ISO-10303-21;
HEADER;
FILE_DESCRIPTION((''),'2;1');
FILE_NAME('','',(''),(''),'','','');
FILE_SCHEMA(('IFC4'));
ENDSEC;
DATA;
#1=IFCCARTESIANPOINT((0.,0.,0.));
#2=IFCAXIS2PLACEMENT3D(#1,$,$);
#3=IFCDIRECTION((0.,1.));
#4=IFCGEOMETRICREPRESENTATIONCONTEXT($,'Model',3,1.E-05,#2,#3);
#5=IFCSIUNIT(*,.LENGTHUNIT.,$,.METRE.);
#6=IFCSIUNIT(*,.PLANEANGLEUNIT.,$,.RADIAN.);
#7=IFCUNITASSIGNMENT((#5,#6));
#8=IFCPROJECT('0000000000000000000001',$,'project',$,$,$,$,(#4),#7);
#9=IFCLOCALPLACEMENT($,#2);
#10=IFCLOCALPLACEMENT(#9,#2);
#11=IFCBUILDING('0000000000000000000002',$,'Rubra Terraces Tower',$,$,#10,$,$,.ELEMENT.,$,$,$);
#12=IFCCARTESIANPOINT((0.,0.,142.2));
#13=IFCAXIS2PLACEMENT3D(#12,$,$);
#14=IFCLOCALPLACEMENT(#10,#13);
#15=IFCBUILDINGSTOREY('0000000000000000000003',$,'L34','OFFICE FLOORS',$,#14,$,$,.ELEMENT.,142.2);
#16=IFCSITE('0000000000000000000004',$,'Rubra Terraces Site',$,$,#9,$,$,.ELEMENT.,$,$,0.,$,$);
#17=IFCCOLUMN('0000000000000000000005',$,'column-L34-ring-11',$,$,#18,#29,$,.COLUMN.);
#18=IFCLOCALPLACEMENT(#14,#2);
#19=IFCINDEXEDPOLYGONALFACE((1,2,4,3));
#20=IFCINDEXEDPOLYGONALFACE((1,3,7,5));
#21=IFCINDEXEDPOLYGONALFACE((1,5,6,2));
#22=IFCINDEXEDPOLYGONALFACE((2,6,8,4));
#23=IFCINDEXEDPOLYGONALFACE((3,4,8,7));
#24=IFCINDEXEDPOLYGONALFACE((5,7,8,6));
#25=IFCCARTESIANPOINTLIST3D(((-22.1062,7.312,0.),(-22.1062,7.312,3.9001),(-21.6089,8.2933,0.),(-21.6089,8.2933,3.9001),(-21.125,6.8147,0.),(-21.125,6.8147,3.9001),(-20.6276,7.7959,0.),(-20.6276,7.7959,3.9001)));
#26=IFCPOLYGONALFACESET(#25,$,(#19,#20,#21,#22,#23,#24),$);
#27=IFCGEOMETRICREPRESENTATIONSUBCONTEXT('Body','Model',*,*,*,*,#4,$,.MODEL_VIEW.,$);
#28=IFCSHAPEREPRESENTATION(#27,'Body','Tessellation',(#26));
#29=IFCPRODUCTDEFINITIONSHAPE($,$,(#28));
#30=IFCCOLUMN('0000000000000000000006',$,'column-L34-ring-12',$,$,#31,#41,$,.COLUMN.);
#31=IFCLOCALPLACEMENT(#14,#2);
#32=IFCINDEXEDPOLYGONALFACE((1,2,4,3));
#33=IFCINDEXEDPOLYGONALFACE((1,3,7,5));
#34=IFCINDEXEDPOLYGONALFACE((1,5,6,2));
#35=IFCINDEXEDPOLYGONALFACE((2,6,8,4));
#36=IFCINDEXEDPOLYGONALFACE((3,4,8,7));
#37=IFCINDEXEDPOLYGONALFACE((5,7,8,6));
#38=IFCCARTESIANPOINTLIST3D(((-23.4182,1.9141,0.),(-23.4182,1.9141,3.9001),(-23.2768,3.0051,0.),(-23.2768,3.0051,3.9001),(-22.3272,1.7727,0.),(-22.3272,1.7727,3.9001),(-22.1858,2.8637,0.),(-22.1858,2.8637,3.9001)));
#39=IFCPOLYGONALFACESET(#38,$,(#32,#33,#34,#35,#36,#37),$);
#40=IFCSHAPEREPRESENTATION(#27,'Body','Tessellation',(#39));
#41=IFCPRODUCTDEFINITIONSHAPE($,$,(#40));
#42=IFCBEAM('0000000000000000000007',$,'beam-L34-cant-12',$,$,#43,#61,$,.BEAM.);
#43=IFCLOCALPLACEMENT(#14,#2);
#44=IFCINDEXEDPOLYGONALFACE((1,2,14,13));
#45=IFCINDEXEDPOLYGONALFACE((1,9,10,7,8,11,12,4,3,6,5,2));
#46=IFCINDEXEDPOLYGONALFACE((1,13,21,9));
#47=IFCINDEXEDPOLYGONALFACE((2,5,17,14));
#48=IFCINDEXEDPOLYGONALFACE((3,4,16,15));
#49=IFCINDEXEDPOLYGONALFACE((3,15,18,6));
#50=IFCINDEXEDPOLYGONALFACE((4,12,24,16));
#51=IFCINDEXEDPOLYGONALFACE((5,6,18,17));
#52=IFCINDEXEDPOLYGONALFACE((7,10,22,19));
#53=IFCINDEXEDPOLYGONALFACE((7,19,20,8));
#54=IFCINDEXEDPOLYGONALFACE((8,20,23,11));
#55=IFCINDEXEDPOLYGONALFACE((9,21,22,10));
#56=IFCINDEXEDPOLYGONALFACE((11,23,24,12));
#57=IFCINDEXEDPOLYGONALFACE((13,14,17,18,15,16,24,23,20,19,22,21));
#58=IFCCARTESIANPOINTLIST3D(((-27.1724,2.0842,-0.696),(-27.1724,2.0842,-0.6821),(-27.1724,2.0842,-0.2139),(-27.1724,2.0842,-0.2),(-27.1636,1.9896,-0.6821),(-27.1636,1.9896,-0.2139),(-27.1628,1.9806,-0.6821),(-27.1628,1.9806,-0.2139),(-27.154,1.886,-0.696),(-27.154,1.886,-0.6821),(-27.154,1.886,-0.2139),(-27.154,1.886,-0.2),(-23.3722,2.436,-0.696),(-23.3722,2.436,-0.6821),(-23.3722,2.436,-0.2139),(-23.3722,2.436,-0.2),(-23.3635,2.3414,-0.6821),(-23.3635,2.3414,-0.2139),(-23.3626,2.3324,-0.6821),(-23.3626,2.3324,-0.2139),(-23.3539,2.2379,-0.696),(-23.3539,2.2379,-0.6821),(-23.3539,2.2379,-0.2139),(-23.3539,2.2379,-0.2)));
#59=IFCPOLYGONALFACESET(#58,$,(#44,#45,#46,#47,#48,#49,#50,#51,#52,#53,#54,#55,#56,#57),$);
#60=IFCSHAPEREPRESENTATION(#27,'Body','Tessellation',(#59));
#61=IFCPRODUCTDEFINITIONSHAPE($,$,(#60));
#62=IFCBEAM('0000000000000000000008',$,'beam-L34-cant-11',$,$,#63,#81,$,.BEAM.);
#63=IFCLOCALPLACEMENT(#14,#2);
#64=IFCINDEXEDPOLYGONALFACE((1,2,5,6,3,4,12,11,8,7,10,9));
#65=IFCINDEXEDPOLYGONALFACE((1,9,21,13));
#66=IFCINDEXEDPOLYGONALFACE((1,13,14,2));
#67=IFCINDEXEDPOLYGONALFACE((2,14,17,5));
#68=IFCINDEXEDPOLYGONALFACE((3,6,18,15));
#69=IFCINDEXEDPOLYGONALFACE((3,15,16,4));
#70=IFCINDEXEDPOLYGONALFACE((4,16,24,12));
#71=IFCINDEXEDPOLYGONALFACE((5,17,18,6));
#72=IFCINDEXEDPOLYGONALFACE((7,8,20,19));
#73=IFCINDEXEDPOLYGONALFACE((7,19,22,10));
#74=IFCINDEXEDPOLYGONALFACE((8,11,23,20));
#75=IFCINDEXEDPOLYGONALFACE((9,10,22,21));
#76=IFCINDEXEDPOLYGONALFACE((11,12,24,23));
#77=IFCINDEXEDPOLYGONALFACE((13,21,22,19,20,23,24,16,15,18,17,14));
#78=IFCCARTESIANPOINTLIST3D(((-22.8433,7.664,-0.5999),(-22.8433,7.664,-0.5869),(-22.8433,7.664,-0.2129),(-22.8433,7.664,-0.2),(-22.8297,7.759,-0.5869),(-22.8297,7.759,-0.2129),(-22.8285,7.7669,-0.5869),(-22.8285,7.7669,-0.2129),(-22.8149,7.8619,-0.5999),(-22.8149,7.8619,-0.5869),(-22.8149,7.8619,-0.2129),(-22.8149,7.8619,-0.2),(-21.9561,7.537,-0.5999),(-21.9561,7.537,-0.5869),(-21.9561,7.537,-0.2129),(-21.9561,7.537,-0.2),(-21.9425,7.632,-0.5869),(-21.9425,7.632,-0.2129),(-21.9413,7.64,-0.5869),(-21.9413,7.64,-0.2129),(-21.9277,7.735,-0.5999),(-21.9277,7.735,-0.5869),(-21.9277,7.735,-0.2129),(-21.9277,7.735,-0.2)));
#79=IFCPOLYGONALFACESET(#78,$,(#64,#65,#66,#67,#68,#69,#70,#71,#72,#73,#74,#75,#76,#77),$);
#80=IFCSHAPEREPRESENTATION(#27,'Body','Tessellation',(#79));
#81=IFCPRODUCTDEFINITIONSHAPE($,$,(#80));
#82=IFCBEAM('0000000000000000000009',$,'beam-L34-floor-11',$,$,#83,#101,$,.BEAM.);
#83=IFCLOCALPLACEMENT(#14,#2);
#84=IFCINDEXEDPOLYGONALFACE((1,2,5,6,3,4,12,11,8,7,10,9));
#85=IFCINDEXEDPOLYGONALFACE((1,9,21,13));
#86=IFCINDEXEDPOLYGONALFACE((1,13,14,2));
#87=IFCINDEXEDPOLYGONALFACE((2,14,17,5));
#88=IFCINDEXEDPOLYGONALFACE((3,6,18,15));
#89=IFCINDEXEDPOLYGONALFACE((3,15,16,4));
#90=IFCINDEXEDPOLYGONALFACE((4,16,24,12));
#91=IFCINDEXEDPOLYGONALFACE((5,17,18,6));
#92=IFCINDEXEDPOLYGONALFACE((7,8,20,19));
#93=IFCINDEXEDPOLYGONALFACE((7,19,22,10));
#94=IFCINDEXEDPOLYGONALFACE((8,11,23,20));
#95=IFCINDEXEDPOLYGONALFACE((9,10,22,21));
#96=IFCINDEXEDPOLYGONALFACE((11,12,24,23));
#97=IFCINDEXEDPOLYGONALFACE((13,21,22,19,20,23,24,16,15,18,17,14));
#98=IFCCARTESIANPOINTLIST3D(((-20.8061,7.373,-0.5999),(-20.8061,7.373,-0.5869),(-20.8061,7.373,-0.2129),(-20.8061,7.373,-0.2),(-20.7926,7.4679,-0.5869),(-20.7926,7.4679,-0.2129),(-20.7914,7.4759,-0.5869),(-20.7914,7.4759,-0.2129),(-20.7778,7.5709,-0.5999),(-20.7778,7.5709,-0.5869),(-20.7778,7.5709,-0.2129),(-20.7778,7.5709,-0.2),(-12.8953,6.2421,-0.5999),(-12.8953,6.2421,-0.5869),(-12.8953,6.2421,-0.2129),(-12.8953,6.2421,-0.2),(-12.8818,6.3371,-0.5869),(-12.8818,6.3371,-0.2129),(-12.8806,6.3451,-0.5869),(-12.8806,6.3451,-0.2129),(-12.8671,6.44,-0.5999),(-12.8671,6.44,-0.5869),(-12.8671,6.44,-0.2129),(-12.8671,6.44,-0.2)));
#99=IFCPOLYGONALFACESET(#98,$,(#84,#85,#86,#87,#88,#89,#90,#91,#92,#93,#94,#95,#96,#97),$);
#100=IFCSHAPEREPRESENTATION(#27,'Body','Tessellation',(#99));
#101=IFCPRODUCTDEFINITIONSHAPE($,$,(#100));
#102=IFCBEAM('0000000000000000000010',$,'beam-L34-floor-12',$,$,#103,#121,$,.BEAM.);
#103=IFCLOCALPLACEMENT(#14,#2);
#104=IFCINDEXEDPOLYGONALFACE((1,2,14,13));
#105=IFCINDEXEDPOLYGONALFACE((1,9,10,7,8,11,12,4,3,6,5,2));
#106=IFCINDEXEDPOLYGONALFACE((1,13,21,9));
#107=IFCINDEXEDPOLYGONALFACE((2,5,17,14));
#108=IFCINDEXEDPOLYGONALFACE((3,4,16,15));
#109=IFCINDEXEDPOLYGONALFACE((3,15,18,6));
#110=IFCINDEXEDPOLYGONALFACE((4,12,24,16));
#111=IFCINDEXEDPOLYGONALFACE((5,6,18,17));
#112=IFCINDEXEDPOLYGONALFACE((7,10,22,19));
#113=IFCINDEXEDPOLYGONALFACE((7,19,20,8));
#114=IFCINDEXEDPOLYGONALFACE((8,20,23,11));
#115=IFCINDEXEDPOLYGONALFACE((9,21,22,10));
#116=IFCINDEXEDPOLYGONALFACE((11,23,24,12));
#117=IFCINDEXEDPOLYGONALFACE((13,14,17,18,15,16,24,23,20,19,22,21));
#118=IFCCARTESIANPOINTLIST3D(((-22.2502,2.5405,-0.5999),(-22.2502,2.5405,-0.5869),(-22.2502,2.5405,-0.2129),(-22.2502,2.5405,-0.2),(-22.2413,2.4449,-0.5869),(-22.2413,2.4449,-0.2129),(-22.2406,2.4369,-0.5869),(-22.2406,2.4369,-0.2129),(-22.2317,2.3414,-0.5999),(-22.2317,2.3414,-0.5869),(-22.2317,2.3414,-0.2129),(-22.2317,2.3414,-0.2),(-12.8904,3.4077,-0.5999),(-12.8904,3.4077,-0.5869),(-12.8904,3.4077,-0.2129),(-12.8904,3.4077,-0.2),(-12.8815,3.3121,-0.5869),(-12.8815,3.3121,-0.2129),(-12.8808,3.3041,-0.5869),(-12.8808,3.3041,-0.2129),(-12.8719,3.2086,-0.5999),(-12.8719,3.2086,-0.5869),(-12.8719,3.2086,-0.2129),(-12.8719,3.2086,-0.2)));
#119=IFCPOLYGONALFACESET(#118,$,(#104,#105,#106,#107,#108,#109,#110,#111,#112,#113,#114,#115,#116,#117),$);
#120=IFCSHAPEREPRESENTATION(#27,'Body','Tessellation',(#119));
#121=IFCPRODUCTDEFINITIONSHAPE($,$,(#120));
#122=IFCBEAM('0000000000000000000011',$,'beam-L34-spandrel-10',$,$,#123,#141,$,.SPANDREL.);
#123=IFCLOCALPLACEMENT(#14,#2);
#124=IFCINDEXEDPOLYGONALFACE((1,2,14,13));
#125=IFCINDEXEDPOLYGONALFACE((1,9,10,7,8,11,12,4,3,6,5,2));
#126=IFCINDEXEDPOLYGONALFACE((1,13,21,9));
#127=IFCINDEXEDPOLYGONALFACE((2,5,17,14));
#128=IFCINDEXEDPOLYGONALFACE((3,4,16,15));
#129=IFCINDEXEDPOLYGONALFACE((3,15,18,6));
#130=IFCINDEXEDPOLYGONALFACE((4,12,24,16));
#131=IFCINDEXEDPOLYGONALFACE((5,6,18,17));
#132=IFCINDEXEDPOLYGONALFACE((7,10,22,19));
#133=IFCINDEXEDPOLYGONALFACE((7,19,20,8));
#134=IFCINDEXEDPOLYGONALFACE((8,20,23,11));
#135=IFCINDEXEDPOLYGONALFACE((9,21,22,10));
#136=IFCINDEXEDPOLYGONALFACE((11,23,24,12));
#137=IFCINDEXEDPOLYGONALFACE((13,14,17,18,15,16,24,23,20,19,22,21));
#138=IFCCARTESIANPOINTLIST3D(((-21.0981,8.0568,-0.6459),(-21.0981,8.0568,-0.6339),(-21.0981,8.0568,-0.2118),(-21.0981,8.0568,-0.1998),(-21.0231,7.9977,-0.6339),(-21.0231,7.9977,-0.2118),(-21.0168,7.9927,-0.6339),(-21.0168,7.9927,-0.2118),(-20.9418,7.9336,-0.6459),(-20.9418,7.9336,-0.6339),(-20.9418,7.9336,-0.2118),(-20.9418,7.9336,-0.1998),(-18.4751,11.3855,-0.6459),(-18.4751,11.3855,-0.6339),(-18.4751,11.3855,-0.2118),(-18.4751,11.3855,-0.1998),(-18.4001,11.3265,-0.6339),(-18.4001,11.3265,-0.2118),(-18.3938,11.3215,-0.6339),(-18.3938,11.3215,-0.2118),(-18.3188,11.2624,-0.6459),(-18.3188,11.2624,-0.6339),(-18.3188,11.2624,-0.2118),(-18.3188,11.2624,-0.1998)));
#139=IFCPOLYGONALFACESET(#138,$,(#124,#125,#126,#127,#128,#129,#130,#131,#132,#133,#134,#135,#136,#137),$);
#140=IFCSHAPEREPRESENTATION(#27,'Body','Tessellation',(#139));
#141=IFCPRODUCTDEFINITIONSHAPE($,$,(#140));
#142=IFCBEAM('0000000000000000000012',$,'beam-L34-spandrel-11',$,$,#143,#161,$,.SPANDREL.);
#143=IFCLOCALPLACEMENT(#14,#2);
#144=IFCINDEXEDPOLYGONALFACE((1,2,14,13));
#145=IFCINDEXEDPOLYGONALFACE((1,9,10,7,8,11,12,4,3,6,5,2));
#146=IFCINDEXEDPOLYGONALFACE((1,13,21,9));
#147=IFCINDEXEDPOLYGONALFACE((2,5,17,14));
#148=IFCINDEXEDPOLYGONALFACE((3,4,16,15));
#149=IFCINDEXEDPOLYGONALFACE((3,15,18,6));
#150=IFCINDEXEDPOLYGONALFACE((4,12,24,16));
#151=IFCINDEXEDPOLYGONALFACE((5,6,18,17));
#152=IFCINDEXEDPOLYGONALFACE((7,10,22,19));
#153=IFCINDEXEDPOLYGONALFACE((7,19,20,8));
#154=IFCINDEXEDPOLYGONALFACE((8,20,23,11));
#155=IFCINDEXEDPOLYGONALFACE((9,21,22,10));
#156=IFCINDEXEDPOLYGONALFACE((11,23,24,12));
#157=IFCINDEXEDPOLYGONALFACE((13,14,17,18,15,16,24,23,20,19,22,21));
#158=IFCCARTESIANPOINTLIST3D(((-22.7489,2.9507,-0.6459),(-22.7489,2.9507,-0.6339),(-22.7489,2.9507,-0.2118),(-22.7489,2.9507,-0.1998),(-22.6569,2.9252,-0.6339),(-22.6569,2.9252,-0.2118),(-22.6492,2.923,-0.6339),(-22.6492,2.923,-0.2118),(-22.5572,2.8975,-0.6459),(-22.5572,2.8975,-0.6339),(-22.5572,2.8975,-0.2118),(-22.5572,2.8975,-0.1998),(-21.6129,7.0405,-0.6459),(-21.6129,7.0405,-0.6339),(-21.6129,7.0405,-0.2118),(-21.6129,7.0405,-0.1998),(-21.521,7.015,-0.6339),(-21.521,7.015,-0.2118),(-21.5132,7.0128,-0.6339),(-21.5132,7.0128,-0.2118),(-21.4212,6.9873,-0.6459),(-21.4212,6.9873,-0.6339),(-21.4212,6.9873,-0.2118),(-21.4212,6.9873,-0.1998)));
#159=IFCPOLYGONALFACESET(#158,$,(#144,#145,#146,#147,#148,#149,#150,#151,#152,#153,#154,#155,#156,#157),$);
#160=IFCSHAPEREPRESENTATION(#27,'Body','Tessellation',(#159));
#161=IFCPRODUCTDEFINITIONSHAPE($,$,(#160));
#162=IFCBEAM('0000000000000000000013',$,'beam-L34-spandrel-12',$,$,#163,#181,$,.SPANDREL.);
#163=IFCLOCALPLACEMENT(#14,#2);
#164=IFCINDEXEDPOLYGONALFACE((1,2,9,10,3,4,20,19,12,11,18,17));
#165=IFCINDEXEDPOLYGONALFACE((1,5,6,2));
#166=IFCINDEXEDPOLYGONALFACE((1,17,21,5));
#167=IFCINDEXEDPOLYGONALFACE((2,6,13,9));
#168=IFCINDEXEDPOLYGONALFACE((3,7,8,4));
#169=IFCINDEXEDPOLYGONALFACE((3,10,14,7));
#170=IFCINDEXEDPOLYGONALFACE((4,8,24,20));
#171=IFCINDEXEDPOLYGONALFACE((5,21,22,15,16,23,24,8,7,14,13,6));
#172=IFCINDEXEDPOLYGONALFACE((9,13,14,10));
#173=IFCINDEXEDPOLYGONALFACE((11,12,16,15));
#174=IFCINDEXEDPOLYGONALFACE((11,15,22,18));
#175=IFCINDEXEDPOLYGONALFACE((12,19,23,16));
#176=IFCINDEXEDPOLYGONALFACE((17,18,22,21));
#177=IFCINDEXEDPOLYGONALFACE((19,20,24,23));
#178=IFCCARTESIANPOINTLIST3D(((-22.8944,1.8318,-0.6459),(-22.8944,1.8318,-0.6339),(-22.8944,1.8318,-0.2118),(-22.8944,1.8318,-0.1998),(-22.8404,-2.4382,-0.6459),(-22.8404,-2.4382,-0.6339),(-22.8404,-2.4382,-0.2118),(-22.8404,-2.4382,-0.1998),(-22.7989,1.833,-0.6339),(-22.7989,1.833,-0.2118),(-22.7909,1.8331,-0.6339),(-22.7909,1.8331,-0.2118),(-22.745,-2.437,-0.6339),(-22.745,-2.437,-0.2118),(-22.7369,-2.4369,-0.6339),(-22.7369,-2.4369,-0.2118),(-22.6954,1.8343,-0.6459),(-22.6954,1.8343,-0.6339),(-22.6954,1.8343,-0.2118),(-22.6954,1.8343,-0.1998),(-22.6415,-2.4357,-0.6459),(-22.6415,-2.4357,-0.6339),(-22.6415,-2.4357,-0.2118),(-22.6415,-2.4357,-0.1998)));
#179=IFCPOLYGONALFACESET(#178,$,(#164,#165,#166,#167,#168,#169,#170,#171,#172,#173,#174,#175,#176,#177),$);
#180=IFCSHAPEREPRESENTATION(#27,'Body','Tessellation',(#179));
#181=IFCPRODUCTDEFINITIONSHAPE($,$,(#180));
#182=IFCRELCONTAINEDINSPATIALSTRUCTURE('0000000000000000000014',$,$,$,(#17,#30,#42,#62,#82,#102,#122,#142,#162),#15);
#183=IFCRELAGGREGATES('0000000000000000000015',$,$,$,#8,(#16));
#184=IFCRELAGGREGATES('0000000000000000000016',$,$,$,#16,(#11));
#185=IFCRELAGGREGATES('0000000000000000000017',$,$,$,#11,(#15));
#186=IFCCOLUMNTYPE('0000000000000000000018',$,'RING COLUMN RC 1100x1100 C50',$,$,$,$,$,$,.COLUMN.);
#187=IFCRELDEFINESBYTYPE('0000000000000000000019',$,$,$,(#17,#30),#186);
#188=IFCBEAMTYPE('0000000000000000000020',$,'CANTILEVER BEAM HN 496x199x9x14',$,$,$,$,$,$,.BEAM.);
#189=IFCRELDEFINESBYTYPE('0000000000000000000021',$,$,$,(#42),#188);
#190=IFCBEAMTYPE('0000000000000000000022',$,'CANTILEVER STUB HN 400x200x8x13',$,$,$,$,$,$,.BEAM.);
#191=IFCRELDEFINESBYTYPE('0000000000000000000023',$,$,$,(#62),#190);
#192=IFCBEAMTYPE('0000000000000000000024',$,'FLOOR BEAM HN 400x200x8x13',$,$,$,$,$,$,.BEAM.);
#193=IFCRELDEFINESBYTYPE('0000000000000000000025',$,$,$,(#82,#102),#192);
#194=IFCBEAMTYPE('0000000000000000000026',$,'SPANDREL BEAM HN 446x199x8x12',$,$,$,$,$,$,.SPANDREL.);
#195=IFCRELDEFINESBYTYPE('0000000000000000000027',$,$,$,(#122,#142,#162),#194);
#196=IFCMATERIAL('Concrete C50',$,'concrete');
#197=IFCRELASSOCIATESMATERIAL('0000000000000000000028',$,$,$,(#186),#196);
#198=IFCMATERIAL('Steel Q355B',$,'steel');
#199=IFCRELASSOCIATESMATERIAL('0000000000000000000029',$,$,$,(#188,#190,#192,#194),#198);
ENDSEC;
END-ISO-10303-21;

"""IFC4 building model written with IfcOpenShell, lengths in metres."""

from ifc_helpers import new_model, si_unit, direction, frame, origin, origin_2d, place, context, subcontext, project, spatial, rectangle, i_section, extrude, material, material_profile, profile_set, type_object, element, save


model = new_model("IFC4")

# Units and contexts
model_context = context("Model", 3, precision=1e-05, world=origin(), true_north=direction((0.0, 1.0)))
body_context = subcontext(model_context, "Body", "Model", "MODEL_VIEW")
ifc_project = project(units=[si_unit("LENGTHUNIT", "METRE"), si_unit("PLANEANGLEUNIT", "RADIAN")], contexts=[model_context])

# Site, building, storey
site_placement = place(None, origin())
site = spatial("IfcSite", under=ifc_project, at=site_placement, Name="Rubra Terraces Site", CompositionType="ELEMENT", RefElevation=0.0)
building_placement = place(site_placement, origin())
building = spatial("IfcBuilding", under=site, at=building_placement, Name="Rubra Terraces Tower", CompositionType="ELEMENT")
storey_placement = place(building_placement, frame((0.0, 0.0, 142.2)))
storey = spatial("IfcBuildingStorey", under=building, at=storey_placement, Name="L34", Description="OFFICE FLOORS", CompositionType="ELEMENT", Elevation=142.2)

# Columns
ifc_material_1 = material(Name="Concrete C50", Category="concrete")
ifc_material_profile_1 = material_profile(ifc_material_1, rectangle(XDim=1.1001, YDim=1.1001, at=origin_2d()), Name="RC 1100x1100")
ifc_profile_set_1 = profile_set([ifc_material_profile_1], Name="Concrete C50")
column_type = type_object("IfcColumnType", Name="RING COLUMN RC 1100x1100 C50", PredefinedType="COLUMN", material=ifc_profile_set_1)
for number, where, z_axis, x_axis, name in (
    (1, (-21.3669, 7.554, 0.0), (0.0, 0.0, 1.0), (-0.452079, -0.891978, 0.0), "column-L34-ring-11"),
    (2, (-22.802, 2.3889, 0.0), (0.0, 0.0, 1.0), (-0.128535, -0.991705, 0.0), "column-L34-ring-12"),
):
    element("IfcColumn", number, at=place(storey_placement, frame(where, z_axis=z_axis, x_axis=x_axis)), inside=storey, type_object=column_type, Name=name, PredefinedType="COLUMN", context=body_context, shape_type="SweptSolid", body=[
        extrude(rectangle(XDim=1.1001, YDim=1.1001, at=origin_2d()), origin(), (0.0, 0.0, 1.0), 3.9001),
    ])

# Beams
ifc_material_2 = material(Name="Steel Q355B", Category="steel")
ifc_material_profile_2 = material_profile(ifc_material_2, i_section(OverallWidth=0.199, OverallDepth=0.4961, WebThickness=0.009, FlangeThickness=0.0139, at=origin_2d()), Name="HN 496x199x9x14")
ifc_profile_set_2 = profile_set([ifc_material_profile_2], Name="Steel Q355B")
beam_type_1 = type_object("IfcBeamType", Name="CANTILEVER BEAM HN 496x199x9x14", PredefinedType="BEAM", material=ifc_profile_set_2)
beam_1_placement = place(storey_placement, frame((-23.363, 2.3369, -0.448), z_axis=(-0.995742, -0.092185, 0.0), x_axis=(0.092185, -0.995742, 0.0)))
element("IfcBeam", 3, at=beam_1_placement, inside=storey, type_object=beam_type_1, Name="beam-L34-cant-12", PredefinedType="BEAM", context=body_context, shape_type="SweptSolid", body=[
    extrude(i_section(OverallWidth=0.199, OverallDepth=0.4961, WebThickness=0.009, FlangeThickness=0.0139, at=origin_2d()), origin(), (0.0, 0.0, 1.0), 3.8164),
])
ifc_material_profile_3 = material_profile(ifc_material_2, i_section(OverallWidth=0.2, OverallDepth=0.3999, WebThickness=0.0081, FlangeThickness=0.0129, at=origin_2d()), Name="HN 400x200x8x13")
ifc_profile_set_3 = profile_set([ifc_material_profile_3], Name="Steel Q355B")
beam_type_2 = type_object("IfcBeamType", Name="CANTILEVER STUB HN 400x200x8x13", PredefinedType="BEAM", material=ifc_profile_set_3)
beam_2_placement = place(storey_placement, frame((-21.9419, 7.636, -0.3999), z_axis=(-0.989917, 0.14165, 0.0), x_axis=(-0.14165, -0.989917, 0.0)))
element("IfcBeam", 4, at=beam_2_placement, inside=storey, type_object=beam_type_2, Name="beam-L34-cant-11", PredefinedType="BEAM", context=body_context, shape_type="SweptSolid", body=[
    extrude(i_section(OverallWidth=0.2, OverallDepth=0.3999, WebThickness=0.0081, FlangeThickness=0.0129, at=origin_2d()), origin(), (0.0, 0.0, 1.0), 0.8962),
])
ifc_material_profile_4 = material_profile(ifc_material_2, i_section(OverallWidth=0.2, OverallDepth=0.3999, WebThickness=0.0081, FlangeThickness=0.0129, at=origin_2d()), Name="HN 400x200x8x13")
ifc_profile_set_4 = profile_set([ifc_material_profile_4], Name="Steel Q355B")
beam_type_3 = type_object("IfcBeamType", Name="FLOOR BEAM HN 400x200x8x13", PredefinedType="BEAM", material=ifc_profile_set_4)
beam_3_placement = place(storey_placement, frame((-20.792, 7.4719, -0.3999), z_axis=(0.989937, -0.141511, 0.0), x_axis=(0.141511, 0.989937, 0.0)))
element("IfcBeam", 5, at=beam_3_placement, inside=storey, type_object=beam_type_3, Name="beam-L34-floor-11", PredefinedType="BEAM", context=body_context, shape_type="SweptSolid", body=[
    extrude(i_section(OverallWidth=0.2, OverallDepth=0.3999, WebThickness=0.0081, FlangeThickness=0.0129, at=origin_2d()), origin(), (0.0, 0.0, 1.0), 7.9912),
])
beam_4_placement = place(storey_placement, frame((-22.241, 2.4409, -0.3999), z_axis=(0.995735, 0.092254, 0.0), x_axis=(-0.092254, 0.995735, 0.0)))
element("IfcBeam", 6, at=beam_4_placement, inside=storey, type_object=beam_type_3, Name="beam-L34-floor-12", PredefinedType="BEAM", context=body_context, shape_type="SweptSolid", body=[
    extrude(i_section(OverallWidth=0.2, OverallDepth=0.3999, WebThickness=0.0081, FlangeThickness=0.0129, at=origin_2d()), origin(), (0.0, 0.0, 1.0), 9.3999),
])
ifc_material_profile_5 = material_profile(ifc_material_2, i_section(OverallWidth=0.199, OverallDepth=0.446, WebThickness=0.0081, FlangeThickness=0.012, at=origin_2d()), Name="HN 446x199x8x12")
ifc_profile_set_5 = profile_set([ifc_material_profile_5], Name="Steel Q355B")
beam_type_4 = type_object("IfcBeamType", Name="SPANDREL BEAM HN 446x199x8x12", PredefinedType="SPANDREL", material=ifc_profile_set_5)
beam_5_placement = place(storey_placement, frame((-18.397, 11.324, -0.4229), z_axis=(-0.618917, -0.785456, 0.0), x_axis=(0.785456, -0.618917, 0.0)))
element("IfcBeam", 7, at=beam_5_placement, inside=storey, type_object=beam_type_4, Name="beam-L34-spandrel-10", PredefinedType="SPANDREL", context=body_context, shape_type="SweptSolid", body=[
    extrude(i_section(OverallWidth=0.199, OverallDepth=0.446, WebThickness=0.0081, FlangeThickness=0.012, at=origin_2d()), origin(), (0.0, 0.0, 1.0), 4.238),
])
beam_6_placement = place(storey_placement, frame((-21.5171, 7.0139, -0.4229), z_axis=(-0.267626, -0.963523, 0.0), x_axis=(0.963523, -0.267626, 0.0)))
element("IfcBeam", 8, at=beam_6_placement, inside=storey, type_object=beam_type_4, Name="beam-L34-spandrel-11", PredefinedType="SPANDREL", context=body_context, shape_type="SweptSolid", body=[
    extrude(i_section(OverallWidth=0.199, OverallDepth=0.446, WebThickness=0.0081, FlangeThickness=0.012, at=origin_2d()), origin(), (0.0, 0.0, 1.0), 4.2446),
])
beam_7_placement = place(storey_placement, frame((-22.7949, 1.833, -0.4229), z_axis=(0.012635, -0.99992, 0.0), x_axis=(0.99992, 0.012635, 0.0)))
element("IfcBeam", 9, at=beam_7_placement, inside=storey, type_object=beam_type_4, Name="beam-L34-spandrel-12", PredefinedType="SPANDREL", context=body_context, shape_type="SweptSolid", body=[
    extrude(i_section(OverallWidth=0.199, OverallDepth=0.446, WebThickness=0.0081, FlangeThickness=0.012, at=origin_2d()), origin(), (0.0, 0.0, 1.0), 4.2703),
])

save(model, "model.ifc")
